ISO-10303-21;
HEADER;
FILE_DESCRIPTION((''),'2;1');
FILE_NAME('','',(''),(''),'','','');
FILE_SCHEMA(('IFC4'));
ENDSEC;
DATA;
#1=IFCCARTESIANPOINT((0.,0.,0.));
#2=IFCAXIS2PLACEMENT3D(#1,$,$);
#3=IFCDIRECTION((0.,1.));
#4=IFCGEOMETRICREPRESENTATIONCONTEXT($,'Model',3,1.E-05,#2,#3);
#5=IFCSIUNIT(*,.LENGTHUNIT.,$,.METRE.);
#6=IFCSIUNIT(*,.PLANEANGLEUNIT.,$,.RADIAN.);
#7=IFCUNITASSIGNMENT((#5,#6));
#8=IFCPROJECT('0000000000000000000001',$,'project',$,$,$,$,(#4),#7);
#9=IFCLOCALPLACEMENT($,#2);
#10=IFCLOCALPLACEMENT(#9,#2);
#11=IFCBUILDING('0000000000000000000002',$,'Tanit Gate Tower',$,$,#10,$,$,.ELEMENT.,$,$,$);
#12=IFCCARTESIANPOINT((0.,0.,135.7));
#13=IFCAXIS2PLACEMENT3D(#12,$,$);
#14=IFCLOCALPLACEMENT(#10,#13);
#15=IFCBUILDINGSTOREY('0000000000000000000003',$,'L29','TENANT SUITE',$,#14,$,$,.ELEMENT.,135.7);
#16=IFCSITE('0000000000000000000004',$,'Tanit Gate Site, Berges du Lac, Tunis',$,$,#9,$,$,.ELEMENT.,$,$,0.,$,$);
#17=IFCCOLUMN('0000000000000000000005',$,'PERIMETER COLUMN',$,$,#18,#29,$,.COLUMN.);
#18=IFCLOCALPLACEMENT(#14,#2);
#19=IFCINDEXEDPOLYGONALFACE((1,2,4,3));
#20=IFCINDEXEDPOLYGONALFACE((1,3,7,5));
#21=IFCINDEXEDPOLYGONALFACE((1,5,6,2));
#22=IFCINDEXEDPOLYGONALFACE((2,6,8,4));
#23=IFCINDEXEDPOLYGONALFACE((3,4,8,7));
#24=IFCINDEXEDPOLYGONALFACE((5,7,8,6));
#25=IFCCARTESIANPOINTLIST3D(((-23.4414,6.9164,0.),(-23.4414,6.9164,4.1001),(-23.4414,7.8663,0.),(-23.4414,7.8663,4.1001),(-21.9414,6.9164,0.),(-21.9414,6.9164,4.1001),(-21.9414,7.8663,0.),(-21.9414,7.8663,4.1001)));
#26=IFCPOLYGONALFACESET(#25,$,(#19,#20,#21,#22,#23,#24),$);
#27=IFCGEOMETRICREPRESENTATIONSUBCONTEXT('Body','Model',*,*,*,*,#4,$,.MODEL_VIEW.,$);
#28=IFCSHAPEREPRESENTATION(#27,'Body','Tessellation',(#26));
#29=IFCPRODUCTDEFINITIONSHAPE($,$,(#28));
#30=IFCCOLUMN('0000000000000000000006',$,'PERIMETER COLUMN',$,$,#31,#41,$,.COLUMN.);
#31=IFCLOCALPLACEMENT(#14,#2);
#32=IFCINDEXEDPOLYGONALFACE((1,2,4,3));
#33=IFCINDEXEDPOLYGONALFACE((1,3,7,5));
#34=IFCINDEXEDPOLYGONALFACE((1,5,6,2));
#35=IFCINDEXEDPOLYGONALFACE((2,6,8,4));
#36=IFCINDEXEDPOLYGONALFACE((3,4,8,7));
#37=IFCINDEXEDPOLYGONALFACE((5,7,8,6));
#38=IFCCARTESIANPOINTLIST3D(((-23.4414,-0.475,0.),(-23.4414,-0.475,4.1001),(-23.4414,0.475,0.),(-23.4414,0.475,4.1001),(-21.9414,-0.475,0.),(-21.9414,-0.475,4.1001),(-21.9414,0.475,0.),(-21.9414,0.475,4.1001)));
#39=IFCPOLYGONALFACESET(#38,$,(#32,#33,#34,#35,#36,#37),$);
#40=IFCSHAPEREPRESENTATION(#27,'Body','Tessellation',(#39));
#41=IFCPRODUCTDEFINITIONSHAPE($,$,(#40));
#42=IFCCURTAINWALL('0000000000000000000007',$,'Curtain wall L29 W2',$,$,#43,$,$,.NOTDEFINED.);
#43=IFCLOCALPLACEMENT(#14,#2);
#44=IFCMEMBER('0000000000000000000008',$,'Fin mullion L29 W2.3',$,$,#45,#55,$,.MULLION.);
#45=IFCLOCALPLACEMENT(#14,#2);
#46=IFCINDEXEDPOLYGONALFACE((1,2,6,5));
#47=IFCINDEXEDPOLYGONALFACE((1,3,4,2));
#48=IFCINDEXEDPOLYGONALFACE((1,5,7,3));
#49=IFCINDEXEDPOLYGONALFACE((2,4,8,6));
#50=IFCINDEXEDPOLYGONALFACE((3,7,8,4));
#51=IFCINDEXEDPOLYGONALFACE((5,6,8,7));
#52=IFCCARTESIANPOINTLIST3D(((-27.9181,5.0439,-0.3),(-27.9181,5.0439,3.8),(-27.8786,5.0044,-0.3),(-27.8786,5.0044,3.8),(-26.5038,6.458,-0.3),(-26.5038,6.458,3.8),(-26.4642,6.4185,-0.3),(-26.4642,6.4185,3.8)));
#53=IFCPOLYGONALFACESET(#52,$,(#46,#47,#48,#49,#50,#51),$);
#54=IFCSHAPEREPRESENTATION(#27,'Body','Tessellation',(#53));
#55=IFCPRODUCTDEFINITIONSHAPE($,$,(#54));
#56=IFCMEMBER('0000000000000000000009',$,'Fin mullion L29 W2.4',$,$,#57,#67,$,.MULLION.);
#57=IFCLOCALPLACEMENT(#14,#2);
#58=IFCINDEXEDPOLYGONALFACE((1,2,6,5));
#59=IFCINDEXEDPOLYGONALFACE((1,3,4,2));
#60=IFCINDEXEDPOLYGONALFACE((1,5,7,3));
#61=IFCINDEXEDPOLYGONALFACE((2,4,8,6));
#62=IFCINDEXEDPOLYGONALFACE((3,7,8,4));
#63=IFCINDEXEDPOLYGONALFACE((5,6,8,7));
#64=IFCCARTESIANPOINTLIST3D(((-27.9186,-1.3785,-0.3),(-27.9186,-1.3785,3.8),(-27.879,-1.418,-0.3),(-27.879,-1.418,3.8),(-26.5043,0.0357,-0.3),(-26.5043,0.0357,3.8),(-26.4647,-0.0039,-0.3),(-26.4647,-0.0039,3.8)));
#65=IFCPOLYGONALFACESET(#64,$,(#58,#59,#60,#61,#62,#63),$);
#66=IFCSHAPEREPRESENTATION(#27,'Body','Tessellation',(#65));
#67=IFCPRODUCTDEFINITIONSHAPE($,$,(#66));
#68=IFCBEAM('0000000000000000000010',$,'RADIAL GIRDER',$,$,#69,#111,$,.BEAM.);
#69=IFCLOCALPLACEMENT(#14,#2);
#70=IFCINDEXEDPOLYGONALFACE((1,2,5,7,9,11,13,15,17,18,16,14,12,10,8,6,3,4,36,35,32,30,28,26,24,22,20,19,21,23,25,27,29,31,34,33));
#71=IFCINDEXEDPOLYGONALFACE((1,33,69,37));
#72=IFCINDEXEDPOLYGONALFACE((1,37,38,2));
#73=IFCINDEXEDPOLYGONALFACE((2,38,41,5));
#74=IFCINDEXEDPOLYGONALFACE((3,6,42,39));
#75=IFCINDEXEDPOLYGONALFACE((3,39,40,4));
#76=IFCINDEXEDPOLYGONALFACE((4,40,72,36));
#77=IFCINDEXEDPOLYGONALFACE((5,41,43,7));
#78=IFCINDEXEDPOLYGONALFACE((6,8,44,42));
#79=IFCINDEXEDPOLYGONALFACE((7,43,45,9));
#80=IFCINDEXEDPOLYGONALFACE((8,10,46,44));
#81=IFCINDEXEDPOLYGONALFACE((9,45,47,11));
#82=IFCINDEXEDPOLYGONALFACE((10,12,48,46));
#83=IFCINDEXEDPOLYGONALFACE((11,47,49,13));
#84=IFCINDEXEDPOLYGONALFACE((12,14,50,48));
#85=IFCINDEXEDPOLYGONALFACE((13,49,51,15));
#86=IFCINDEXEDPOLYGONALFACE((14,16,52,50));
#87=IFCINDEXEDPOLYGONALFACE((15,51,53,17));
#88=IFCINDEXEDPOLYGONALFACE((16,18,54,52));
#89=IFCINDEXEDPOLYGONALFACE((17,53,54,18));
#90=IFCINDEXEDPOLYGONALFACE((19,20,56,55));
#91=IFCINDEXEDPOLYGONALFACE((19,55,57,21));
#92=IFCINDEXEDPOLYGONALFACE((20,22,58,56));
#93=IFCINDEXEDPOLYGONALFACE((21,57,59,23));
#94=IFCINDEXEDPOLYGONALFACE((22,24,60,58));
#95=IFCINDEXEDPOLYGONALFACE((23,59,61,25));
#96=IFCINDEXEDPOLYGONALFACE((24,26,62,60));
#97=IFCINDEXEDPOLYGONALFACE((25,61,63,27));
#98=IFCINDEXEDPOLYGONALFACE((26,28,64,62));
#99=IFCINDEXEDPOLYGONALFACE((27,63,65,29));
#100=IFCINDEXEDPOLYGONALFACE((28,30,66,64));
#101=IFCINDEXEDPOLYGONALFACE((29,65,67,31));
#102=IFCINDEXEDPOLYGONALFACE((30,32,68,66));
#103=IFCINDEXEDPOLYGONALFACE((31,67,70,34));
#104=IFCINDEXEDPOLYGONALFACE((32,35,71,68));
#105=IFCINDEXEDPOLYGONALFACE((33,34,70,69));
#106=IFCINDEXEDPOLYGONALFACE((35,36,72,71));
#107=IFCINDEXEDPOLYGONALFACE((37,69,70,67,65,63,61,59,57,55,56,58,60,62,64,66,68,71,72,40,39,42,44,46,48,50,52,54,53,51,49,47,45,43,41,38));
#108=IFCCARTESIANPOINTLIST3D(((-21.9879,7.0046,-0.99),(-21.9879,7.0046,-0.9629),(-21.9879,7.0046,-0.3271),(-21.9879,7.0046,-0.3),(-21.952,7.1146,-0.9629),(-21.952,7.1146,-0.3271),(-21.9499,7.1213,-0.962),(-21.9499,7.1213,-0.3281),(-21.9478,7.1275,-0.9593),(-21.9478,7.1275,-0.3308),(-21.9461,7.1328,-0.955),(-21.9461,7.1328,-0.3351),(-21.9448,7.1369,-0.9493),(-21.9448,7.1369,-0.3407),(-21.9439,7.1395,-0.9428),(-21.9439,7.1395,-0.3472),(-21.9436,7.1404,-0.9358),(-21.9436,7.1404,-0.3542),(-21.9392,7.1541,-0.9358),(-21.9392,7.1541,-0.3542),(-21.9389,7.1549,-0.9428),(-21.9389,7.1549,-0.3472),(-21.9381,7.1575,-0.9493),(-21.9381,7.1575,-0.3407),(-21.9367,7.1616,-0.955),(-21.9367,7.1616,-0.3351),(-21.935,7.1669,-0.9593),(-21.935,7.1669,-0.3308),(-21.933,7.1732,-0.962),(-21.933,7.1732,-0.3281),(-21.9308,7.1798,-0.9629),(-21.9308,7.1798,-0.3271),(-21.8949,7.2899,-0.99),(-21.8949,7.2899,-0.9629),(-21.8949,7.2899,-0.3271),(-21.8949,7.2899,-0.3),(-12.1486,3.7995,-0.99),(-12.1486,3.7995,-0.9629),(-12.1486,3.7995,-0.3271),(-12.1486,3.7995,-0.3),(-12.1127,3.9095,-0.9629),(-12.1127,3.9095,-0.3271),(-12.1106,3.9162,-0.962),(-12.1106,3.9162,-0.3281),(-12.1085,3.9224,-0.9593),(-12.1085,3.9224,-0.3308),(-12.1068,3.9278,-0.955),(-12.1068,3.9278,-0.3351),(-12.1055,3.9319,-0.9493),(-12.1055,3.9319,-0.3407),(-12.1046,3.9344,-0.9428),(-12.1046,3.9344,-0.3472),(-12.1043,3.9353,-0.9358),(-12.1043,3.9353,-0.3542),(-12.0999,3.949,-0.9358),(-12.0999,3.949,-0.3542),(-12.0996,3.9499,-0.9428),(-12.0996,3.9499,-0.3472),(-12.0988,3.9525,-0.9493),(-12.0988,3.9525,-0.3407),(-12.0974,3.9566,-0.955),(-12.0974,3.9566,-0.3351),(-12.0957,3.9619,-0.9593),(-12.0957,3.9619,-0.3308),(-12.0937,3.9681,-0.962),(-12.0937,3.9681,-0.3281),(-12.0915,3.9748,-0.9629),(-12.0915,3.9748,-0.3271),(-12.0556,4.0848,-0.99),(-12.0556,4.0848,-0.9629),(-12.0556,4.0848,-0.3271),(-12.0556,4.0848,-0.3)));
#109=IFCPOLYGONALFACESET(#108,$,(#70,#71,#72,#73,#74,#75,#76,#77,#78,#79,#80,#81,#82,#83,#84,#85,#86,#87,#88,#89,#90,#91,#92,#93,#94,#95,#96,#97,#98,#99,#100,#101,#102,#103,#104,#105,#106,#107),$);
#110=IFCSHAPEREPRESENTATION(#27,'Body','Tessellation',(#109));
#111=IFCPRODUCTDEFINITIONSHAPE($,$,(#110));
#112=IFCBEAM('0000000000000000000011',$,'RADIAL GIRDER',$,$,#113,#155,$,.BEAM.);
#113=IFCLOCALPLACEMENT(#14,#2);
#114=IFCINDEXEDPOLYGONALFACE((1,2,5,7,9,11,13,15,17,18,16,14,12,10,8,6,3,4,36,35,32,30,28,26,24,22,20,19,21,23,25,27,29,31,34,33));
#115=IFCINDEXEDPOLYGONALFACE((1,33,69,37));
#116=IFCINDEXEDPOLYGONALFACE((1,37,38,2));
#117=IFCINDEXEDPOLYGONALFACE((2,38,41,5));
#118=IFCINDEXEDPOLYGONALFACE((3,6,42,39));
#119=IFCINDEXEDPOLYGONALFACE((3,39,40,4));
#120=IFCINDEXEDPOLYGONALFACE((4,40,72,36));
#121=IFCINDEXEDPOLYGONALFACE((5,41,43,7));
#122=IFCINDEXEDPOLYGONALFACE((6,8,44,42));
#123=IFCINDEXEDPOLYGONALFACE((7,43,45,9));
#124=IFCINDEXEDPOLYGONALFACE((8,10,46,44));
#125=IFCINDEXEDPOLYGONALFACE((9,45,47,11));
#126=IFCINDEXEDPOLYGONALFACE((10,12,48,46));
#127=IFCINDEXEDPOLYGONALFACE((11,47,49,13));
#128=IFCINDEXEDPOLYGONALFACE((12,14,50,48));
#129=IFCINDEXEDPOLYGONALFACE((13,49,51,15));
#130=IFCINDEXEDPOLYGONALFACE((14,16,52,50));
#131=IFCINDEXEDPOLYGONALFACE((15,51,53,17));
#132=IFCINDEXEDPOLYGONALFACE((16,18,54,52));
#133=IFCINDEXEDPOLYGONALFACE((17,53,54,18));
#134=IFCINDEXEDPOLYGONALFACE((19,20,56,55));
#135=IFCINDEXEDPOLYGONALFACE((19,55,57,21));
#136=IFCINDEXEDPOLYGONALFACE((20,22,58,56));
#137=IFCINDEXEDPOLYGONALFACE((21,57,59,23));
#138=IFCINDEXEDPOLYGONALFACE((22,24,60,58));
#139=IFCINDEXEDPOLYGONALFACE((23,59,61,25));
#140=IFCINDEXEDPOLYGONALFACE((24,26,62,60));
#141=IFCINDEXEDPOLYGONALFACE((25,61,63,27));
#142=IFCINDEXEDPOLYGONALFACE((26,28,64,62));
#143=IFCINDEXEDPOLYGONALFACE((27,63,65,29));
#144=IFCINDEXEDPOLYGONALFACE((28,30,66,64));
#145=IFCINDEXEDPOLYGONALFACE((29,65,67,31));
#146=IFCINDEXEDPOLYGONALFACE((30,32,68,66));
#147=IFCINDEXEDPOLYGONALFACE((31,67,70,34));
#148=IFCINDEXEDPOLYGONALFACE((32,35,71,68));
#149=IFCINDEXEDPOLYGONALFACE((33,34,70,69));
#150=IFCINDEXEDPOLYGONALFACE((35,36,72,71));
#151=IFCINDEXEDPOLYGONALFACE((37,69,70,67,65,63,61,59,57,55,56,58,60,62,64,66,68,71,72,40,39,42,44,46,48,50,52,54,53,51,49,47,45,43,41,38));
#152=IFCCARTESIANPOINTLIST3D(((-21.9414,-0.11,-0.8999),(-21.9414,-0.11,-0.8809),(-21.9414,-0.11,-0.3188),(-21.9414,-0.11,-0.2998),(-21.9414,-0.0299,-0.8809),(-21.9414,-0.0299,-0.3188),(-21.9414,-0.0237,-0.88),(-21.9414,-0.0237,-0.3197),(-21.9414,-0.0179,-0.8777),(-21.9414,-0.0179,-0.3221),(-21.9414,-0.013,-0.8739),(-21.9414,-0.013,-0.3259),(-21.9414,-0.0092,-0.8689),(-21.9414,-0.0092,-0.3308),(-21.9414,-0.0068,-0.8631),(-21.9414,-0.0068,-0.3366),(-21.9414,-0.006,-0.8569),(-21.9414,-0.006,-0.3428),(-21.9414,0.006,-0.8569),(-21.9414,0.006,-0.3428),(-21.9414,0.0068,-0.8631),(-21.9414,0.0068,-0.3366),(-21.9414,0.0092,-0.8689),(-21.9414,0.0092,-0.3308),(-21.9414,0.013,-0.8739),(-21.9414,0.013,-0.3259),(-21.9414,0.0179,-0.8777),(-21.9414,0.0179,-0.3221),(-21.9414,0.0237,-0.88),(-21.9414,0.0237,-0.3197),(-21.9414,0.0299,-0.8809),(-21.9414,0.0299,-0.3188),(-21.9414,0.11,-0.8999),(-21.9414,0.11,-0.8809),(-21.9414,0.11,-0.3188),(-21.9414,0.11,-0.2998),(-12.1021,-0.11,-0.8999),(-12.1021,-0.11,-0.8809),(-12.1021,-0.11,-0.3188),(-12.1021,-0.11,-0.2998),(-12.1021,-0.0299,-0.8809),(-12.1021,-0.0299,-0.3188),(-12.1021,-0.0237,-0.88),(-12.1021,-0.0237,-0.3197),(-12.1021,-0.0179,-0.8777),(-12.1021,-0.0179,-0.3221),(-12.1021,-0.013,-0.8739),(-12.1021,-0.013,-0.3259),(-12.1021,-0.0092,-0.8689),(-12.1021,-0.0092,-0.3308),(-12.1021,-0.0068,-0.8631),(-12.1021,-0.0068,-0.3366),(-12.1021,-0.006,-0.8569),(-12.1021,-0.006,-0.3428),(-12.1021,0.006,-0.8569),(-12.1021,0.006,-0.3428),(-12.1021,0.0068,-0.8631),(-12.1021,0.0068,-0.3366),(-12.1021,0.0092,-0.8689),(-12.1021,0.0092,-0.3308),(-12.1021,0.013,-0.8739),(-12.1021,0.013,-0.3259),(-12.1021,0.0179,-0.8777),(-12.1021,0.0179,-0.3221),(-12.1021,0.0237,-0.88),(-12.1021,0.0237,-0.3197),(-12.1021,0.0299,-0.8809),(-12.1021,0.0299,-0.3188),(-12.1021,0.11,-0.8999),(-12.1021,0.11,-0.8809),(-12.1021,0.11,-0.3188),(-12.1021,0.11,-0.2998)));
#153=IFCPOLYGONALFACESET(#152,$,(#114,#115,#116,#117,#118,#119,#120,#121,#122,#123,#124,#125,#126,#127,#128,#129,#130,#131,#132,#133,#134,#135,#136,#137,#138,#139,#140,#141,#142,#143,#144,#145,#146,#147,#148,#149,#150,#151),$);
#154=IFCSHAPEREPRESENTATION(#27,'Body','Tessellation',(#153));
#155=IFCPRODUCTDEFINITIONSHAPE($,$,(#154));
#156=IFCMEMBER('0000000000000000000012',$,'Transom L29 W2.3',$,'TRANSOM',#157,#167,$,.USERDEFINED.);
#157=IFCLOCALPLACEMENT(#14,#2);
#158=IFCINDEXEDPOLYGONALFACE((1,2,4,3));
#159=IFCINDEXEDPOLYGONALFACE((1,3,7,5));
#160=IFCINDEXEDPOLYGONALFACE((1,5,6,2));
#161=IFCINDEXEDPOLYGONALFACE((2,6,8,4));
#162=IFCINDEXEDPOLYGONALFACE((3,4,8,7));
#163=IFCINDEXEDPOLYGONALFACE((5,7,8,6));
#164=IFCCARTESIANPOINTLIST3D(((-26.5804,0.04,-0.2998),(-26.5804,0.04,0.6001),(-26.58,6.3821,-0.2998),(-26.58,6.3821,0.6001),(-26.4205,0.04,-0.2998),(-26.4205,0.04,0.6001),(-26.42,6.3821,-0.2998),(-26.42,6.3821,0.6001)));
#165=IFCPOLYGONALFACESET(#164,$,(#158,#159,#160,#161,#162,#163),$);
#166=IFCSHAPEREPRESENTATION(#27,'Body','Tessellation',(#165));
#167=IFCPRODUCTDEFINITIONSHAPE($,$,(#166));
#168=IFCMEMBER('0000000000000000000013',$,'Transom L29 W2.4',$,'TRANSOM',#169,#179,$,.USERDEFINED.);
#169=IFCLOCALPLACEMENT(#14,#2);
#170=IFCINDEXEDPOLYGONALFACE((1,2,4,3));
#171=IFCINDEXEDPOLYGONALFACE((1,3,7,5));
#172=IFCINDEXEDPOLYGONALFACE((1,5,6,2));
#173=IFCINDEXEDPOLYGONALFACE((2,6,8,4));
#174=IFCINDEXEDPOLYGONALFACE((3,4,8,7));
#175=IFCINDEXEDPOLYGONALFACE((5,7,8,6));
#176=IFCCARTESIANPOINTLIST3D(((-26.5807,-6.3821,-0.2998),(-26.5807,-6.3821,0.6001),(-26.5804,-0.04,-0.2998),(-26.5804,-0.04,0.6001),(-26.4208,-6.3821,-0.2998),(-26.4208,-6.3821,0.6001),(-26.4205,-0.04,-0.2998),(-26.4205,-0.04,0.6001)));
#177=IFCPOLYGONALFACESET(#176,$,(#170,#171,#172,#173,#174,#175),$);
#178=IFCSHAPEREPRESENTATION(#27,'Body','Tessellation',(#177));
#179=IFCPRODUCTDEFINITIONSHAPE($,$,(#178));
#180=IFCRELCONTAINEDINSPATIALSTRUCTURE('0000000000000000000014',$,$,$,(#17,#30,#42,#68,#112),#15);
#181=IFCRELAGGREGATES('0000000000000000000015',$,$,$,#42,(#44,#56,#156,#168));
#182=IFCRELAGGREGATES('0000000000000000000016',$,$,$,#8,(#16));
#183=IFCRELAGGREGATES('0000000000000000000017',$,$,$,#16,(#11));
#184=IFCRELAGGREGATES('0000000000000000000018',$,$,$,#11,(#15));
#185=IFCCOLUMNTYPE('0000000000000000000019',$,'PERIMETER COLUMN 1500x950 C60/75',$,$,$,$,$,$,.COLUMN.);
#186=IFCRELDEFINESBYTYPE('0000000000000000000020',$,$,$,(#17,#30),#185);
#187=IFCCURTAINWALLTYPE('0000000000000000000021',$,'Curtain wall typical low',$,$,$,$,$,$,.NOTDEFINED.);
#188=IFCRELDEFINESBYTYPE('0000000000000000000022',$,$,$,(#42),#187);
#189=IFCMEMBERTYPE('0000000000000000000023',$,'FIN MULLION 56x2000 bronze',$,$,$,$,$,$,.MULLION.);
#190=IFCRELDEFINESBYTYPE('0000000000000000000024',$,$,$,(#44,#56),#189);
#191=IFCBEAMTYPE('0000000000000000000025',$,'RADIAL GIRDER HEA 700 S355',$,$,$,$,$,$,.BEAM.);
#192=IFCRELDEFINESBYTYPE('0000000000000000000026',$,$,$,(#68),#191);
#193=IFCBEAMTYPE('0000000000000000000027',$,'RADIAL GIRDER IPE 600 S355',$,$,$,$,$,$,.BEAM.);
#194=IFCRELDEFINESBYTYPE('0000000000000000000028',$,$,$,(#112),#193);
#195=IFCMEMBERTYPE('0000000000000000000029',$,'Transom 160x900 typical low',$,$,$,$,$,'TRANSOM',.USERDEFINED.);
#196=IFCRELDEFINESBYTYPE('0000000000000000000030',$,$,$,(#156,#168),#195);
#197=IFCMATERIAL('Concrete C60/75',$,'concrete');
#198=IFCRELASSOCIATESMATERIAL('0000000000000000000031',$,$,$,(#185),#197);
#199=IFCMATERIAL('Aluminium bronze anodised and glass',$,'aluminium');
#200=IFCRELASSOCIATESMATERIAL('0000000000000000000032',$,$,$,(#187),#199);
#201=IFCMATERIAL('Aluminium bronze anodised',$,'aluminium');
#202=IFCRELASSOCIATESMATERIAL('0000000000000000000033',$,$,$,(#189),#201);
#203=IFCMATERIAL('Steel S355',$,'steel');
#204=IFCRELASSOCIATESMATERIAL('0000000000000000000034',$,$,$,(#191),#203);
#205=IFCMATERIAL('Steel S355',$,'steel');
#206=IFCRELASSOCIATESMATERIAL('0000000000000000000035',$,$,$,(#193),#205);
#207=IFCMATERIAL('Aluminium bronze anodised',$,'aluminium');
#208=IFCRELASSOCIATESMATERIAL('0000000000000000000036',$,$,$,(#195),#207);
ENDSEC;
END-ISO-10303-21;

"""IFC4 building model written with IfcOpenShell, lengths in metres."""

from ifc_helpers import new_model, si_unit, direction, frame, origin, origin_2d, place, context, subcontext, project, spatial, rectangle, i_section, extrude, material, material_profile, profile_set, type_object, element, aggregate, save


model = new_model("IFC4")

# Units and contexts
model_context = context("Model", 3, precision=1e-05, world=origin(), true_north=direction((0.0, 1.0)))
body_context = subcontext(model_context, "Body", "Model", "MODEL_VIEW")
ifc_project = project(units=[si_unit("LENGTHUNIT", "METRE"), si_unit("PLANEANGLEUNIT", "RADIAN")], contexts=[model_context])

# Site, building, storey
site_placement = place(None, origin())
site = spatial("IfcSite", under=ifc_project, at=site_placement, Name="Tanit Gate Site, Berges du Lac, Tunis", CompositionType="ELEMENT", RefElevation=0.0)
building_placement = place(site_placement, origin())
building = spatial("IfcBuilding", under=site, at=building_placement, Name="Tanit Gate Tower", CompositionType="ELEMENT")
storey_placement = place(building_placement, frame((0.0, 0.0, 135.7)))
storey = spatial("IfcBuildingStorey", under=building, at=storey_placement, Name="L29", Description="TENANT SUITE", CompositionType="ELEMENT", Elevation=135.7)

# Columns
ifc_material_1 = material(Name="Concrete C60/75", Category="concrete")
ifc_material_profile_1 = material_profile(ifc_material_1, rectangle(XDim=1.5, YDim=0.95, at=origin_2d()), Name="RC 1500x950")
ifc_profile_set_1 = profile_set([ifc_material_profile_1], Name="Concrete C60/75")
column_type = type_object("IfcColumnType", Name="PERIMETER COLUMN 1500x950 C60/75", PredefinedType="COLUMN", material=ifc_profile_set_1)
for number, where, z_axis, x_axis, name in (
    (1, (-22.6914, 7.3914, 0.0), (0.0, 0.0, 1.0), (-1.0, 0.0, 0.0), "PERIMETER COLUMN"),
    (2, (-22.6914, 0.0, 0.0), (0.0, 0.0, 1.0), (-1.0, 0.0, 0.0), "PERIMETER COLUMN"),
):
    element("IfcColumn", number, at=place(storey_placement, frame(where, z_axis=z_axis, x_axis=x_axis)), inside=storey, type_object=column_type, Name=name, PredefinedType="COLUMN", context=body_context, shape_type="SweptSolid", body=[
        extrude(rectangle(XDim=1.5, YDim=0.95, at=origin_2d()), origin(), (0.0, 0.0, 1.0), 4.1001),
    ])

# Curtain wall, members
ifc_material_2 = material(Name="Aluminium bronze anodised and glass", Category="aluminium")
curtain_wall_type = type_object("IfcCurtainWallType", Name="Curtain wall typical low", PredefinedType="NOTDEFINED", material=ifc_material_2)
curtain_wall_placement = place(storey_placement, origin())
curtain_wall = element("IfcCurtainWall", 3, at=curtain_wall_placement, inside=storey, type_object=curtain_wall_type, Name="Curtain wall L29 W2", PredefinedType="NOTDEFINED")
ifc_material_3 = material(Name="Aluminium bronze anodised", Category="aluminium")
ifc_material_profile_2 = material_profile(ifc_material_3, rectangle(XDim=2.0, YDim=0.0559, at=origin_2d()), Name="56x2000 bronze fin mullion")
ifc_profile_set_2 = profile_set([ifc_material_profile_2], Name="Aluminium bronze anodised")
member_type_1 = type_object("IfcMemberType", Name="FIN MULLION 56x2000 bronze", PredefinedType="MULLION", material=ifc_profile_set_2)
member_1_placement = place(storey_placement, frame((-27.1912, 5.7312, -0.3), z_axis=(0.0, 0.0, 1.0), x_axis=(0.707156, 0.707058, 0.0)))
member_1 = element("IfcMember", 4, at=member_1_placement, type_object=member_type_1, Name="Fin mullion L29 W2.3", PredefinedType="MULLION", context=body_context, shape_type="SweptSolid", body=[
    extrude(rectangle(XDim=2.0, YDim=0.0559, at=origin_2d()), origin(), (0.0, 0.0, 1.0), 4.1001),
])
member_2_placement = place(storey_placement, frame((-27.1917, -0.6912, -0.3), z_axis=(0.0, 0.0, 1.0), x_axis=(0.707156, 0.707058, 0.0)))
member_2 = element("IfcMember", 5, at=member_2_placement, type_object=member_type_1, Name="Fin mullion L29 W2.4", PredefinedType="MULLION", context=body_context, shape_type="SweptSolid", body=[
    extrude(rectangle(XDim=2.0, YDim=0.0559, at=origin_2d()), origin(), (0.0, 0.0, 1.0), 4.1001),
])

# Beams
ifc_material_4 = material(Name="Steel S355", Category="steel")
ifc_material_profile_3 = material_profile(ifc_material_4, i_section(OverallWidth=0.3, OverallDepth=0.6899, WebThickness=0.0144, FlangeThickness=0.0271, FilletRadius=0.0271, at=origin_2d()), Name="HEA 700")
ifc_profile_set_3 = profile_set([ifc_material_profile_3], Name="Steel S355")
beam_type_1 = type_object("IfcBeamType", Name="RADIAL GIRDER HEA 700 S355", PredefinedType="BEAM", material=ifc_profile_set_3)
beam_1_placement = place(storey_placement, frame((-21.9414, 7.1472, -0.645), z_axis=(0.950827, -0.309723, 0.0), x_axis=(0.309723, 0.950827, 0.0)))
element("IfcBeam", 6, at=beam_1_placement, inside=storey, type_object=beam_type_1, Name="RADIAL GIRDER", PredefinedType="BEAM", context=body_context, shape_type="SweptSolid", body=[
    extrude(i_section(OverallWidth=0.3, OverallDepth=0.6899, WebThickness=0.0144, FlangeThickness=0.0271, FilletRadius=0.0271, at=origin_2d()), origin(), (0.0, 0.0, 1.0), 10.3481),
])
ifc_material_5 = material(Name="Steel S355", Category="steel")
ifc_material_profile_4 = material_profile(ifc_material_5, i_section(OverallWidth=0.22, OverallDepth=0.6001, WebThickness=0.012, FlangeThickness=0.019, FilletRadius=0.0239, at=origin_2d()), Name="IPE 600")
ifc_profile_set_4 = profile_set([ifc_material_profile_4], Name="Steel S355")
beam_type_2 = type_object("IfcBeamType", Name="RADIAL GIRDER IPE 600 S355", PredefinedType="BEAM", material=ifc_profile_set_4)
beam_2_placement = place(storey_placement, frame((-21.9414, 0.0, -0.5999), z_axis=(1.0, 0.0, 0.0), x_axis=(0.0, 1.0, 0.0)))
element("IfcBeam", 7, at=beam_2_placement, inside=storey, type_object=beam_type_2, Name="RADIAL GIRDER", PredefinedType="BEAM", context=body_context, shape_type="SweptSolid", body=[
    extrude(i_section(OverallWidth=0.22, OverallDepth=0.6001, WebThickness=0.012, FlangeThickness=0.019, FilletRadius=0.0239, at=origin_2d()), origin(), (0.0, 0.0, 1.0), 9.8394),
])

# Members
ifc_material_6 = material(Name="Aluminium bronze anodised", Category="aluminium")
ifc_material_profile_5 = material_profile(ifc_material_6, rectangle(XDim=0.1599, YDim=0.8999, at=origin_2d()), Name="160x900 bronze transom")
ifc_profile_set_5 = profile_set([ifc_material_profile_5], Name="Aluminium bronze anodised")
member_type_2 = type_object("IfcMemberType", Name="Transom 160x900 typical low", ElementType="TRANSOM", PredefinedType="USERDEFINED", material=ifc_profile_set_5)
member_3_placement = place(storey_placement, frame((-26.5, 6.3821, 0.1501), z_axis=(-0.000077, -1.0, 0.0), x_axis=(1.0, -0.000077, 0.0)))
member_3 = element("IfcMember", 8, at=member_3_placement, type_object=member_type_2, Name="Transom L29 W2.3", ObjectType="TRANSOM", PredefinedType="USERDEFINED", context=body_context, shape_type="SweptSolid", body=[
    extrude(rectangle(XDim=0.1599, YDim=0.8999, at=origin_2d()), origin(), (0.0, 0.0, 1.0), 6.342),
])
member_4_placement = place(storey_placement, frame((-26.5005, -0.04, 0.1501), z_axis=(-0.000038, -1.0, 0.0), x_axis=(1.0, -0.000038, 0.0)))
member_4 = element("IfcMember", 9, at=member_4_placement, type_object=member_type_2, Name="Transom L29 W2.4", ObjectType="TRANSOM", PredefinedType="USERDEFINED", context=body_context, shape_type="SweptSolid", body=[
    extrude(rectangle(XDim=0.1599, YDim=0.8999, at=origin_2d()), origin(), (0.0, 0.0, 1.0), 6.342),
])

aggregate(curtain_wall, [member_1, member_2, member_3, member_4])

save(model, "model.ifc")
